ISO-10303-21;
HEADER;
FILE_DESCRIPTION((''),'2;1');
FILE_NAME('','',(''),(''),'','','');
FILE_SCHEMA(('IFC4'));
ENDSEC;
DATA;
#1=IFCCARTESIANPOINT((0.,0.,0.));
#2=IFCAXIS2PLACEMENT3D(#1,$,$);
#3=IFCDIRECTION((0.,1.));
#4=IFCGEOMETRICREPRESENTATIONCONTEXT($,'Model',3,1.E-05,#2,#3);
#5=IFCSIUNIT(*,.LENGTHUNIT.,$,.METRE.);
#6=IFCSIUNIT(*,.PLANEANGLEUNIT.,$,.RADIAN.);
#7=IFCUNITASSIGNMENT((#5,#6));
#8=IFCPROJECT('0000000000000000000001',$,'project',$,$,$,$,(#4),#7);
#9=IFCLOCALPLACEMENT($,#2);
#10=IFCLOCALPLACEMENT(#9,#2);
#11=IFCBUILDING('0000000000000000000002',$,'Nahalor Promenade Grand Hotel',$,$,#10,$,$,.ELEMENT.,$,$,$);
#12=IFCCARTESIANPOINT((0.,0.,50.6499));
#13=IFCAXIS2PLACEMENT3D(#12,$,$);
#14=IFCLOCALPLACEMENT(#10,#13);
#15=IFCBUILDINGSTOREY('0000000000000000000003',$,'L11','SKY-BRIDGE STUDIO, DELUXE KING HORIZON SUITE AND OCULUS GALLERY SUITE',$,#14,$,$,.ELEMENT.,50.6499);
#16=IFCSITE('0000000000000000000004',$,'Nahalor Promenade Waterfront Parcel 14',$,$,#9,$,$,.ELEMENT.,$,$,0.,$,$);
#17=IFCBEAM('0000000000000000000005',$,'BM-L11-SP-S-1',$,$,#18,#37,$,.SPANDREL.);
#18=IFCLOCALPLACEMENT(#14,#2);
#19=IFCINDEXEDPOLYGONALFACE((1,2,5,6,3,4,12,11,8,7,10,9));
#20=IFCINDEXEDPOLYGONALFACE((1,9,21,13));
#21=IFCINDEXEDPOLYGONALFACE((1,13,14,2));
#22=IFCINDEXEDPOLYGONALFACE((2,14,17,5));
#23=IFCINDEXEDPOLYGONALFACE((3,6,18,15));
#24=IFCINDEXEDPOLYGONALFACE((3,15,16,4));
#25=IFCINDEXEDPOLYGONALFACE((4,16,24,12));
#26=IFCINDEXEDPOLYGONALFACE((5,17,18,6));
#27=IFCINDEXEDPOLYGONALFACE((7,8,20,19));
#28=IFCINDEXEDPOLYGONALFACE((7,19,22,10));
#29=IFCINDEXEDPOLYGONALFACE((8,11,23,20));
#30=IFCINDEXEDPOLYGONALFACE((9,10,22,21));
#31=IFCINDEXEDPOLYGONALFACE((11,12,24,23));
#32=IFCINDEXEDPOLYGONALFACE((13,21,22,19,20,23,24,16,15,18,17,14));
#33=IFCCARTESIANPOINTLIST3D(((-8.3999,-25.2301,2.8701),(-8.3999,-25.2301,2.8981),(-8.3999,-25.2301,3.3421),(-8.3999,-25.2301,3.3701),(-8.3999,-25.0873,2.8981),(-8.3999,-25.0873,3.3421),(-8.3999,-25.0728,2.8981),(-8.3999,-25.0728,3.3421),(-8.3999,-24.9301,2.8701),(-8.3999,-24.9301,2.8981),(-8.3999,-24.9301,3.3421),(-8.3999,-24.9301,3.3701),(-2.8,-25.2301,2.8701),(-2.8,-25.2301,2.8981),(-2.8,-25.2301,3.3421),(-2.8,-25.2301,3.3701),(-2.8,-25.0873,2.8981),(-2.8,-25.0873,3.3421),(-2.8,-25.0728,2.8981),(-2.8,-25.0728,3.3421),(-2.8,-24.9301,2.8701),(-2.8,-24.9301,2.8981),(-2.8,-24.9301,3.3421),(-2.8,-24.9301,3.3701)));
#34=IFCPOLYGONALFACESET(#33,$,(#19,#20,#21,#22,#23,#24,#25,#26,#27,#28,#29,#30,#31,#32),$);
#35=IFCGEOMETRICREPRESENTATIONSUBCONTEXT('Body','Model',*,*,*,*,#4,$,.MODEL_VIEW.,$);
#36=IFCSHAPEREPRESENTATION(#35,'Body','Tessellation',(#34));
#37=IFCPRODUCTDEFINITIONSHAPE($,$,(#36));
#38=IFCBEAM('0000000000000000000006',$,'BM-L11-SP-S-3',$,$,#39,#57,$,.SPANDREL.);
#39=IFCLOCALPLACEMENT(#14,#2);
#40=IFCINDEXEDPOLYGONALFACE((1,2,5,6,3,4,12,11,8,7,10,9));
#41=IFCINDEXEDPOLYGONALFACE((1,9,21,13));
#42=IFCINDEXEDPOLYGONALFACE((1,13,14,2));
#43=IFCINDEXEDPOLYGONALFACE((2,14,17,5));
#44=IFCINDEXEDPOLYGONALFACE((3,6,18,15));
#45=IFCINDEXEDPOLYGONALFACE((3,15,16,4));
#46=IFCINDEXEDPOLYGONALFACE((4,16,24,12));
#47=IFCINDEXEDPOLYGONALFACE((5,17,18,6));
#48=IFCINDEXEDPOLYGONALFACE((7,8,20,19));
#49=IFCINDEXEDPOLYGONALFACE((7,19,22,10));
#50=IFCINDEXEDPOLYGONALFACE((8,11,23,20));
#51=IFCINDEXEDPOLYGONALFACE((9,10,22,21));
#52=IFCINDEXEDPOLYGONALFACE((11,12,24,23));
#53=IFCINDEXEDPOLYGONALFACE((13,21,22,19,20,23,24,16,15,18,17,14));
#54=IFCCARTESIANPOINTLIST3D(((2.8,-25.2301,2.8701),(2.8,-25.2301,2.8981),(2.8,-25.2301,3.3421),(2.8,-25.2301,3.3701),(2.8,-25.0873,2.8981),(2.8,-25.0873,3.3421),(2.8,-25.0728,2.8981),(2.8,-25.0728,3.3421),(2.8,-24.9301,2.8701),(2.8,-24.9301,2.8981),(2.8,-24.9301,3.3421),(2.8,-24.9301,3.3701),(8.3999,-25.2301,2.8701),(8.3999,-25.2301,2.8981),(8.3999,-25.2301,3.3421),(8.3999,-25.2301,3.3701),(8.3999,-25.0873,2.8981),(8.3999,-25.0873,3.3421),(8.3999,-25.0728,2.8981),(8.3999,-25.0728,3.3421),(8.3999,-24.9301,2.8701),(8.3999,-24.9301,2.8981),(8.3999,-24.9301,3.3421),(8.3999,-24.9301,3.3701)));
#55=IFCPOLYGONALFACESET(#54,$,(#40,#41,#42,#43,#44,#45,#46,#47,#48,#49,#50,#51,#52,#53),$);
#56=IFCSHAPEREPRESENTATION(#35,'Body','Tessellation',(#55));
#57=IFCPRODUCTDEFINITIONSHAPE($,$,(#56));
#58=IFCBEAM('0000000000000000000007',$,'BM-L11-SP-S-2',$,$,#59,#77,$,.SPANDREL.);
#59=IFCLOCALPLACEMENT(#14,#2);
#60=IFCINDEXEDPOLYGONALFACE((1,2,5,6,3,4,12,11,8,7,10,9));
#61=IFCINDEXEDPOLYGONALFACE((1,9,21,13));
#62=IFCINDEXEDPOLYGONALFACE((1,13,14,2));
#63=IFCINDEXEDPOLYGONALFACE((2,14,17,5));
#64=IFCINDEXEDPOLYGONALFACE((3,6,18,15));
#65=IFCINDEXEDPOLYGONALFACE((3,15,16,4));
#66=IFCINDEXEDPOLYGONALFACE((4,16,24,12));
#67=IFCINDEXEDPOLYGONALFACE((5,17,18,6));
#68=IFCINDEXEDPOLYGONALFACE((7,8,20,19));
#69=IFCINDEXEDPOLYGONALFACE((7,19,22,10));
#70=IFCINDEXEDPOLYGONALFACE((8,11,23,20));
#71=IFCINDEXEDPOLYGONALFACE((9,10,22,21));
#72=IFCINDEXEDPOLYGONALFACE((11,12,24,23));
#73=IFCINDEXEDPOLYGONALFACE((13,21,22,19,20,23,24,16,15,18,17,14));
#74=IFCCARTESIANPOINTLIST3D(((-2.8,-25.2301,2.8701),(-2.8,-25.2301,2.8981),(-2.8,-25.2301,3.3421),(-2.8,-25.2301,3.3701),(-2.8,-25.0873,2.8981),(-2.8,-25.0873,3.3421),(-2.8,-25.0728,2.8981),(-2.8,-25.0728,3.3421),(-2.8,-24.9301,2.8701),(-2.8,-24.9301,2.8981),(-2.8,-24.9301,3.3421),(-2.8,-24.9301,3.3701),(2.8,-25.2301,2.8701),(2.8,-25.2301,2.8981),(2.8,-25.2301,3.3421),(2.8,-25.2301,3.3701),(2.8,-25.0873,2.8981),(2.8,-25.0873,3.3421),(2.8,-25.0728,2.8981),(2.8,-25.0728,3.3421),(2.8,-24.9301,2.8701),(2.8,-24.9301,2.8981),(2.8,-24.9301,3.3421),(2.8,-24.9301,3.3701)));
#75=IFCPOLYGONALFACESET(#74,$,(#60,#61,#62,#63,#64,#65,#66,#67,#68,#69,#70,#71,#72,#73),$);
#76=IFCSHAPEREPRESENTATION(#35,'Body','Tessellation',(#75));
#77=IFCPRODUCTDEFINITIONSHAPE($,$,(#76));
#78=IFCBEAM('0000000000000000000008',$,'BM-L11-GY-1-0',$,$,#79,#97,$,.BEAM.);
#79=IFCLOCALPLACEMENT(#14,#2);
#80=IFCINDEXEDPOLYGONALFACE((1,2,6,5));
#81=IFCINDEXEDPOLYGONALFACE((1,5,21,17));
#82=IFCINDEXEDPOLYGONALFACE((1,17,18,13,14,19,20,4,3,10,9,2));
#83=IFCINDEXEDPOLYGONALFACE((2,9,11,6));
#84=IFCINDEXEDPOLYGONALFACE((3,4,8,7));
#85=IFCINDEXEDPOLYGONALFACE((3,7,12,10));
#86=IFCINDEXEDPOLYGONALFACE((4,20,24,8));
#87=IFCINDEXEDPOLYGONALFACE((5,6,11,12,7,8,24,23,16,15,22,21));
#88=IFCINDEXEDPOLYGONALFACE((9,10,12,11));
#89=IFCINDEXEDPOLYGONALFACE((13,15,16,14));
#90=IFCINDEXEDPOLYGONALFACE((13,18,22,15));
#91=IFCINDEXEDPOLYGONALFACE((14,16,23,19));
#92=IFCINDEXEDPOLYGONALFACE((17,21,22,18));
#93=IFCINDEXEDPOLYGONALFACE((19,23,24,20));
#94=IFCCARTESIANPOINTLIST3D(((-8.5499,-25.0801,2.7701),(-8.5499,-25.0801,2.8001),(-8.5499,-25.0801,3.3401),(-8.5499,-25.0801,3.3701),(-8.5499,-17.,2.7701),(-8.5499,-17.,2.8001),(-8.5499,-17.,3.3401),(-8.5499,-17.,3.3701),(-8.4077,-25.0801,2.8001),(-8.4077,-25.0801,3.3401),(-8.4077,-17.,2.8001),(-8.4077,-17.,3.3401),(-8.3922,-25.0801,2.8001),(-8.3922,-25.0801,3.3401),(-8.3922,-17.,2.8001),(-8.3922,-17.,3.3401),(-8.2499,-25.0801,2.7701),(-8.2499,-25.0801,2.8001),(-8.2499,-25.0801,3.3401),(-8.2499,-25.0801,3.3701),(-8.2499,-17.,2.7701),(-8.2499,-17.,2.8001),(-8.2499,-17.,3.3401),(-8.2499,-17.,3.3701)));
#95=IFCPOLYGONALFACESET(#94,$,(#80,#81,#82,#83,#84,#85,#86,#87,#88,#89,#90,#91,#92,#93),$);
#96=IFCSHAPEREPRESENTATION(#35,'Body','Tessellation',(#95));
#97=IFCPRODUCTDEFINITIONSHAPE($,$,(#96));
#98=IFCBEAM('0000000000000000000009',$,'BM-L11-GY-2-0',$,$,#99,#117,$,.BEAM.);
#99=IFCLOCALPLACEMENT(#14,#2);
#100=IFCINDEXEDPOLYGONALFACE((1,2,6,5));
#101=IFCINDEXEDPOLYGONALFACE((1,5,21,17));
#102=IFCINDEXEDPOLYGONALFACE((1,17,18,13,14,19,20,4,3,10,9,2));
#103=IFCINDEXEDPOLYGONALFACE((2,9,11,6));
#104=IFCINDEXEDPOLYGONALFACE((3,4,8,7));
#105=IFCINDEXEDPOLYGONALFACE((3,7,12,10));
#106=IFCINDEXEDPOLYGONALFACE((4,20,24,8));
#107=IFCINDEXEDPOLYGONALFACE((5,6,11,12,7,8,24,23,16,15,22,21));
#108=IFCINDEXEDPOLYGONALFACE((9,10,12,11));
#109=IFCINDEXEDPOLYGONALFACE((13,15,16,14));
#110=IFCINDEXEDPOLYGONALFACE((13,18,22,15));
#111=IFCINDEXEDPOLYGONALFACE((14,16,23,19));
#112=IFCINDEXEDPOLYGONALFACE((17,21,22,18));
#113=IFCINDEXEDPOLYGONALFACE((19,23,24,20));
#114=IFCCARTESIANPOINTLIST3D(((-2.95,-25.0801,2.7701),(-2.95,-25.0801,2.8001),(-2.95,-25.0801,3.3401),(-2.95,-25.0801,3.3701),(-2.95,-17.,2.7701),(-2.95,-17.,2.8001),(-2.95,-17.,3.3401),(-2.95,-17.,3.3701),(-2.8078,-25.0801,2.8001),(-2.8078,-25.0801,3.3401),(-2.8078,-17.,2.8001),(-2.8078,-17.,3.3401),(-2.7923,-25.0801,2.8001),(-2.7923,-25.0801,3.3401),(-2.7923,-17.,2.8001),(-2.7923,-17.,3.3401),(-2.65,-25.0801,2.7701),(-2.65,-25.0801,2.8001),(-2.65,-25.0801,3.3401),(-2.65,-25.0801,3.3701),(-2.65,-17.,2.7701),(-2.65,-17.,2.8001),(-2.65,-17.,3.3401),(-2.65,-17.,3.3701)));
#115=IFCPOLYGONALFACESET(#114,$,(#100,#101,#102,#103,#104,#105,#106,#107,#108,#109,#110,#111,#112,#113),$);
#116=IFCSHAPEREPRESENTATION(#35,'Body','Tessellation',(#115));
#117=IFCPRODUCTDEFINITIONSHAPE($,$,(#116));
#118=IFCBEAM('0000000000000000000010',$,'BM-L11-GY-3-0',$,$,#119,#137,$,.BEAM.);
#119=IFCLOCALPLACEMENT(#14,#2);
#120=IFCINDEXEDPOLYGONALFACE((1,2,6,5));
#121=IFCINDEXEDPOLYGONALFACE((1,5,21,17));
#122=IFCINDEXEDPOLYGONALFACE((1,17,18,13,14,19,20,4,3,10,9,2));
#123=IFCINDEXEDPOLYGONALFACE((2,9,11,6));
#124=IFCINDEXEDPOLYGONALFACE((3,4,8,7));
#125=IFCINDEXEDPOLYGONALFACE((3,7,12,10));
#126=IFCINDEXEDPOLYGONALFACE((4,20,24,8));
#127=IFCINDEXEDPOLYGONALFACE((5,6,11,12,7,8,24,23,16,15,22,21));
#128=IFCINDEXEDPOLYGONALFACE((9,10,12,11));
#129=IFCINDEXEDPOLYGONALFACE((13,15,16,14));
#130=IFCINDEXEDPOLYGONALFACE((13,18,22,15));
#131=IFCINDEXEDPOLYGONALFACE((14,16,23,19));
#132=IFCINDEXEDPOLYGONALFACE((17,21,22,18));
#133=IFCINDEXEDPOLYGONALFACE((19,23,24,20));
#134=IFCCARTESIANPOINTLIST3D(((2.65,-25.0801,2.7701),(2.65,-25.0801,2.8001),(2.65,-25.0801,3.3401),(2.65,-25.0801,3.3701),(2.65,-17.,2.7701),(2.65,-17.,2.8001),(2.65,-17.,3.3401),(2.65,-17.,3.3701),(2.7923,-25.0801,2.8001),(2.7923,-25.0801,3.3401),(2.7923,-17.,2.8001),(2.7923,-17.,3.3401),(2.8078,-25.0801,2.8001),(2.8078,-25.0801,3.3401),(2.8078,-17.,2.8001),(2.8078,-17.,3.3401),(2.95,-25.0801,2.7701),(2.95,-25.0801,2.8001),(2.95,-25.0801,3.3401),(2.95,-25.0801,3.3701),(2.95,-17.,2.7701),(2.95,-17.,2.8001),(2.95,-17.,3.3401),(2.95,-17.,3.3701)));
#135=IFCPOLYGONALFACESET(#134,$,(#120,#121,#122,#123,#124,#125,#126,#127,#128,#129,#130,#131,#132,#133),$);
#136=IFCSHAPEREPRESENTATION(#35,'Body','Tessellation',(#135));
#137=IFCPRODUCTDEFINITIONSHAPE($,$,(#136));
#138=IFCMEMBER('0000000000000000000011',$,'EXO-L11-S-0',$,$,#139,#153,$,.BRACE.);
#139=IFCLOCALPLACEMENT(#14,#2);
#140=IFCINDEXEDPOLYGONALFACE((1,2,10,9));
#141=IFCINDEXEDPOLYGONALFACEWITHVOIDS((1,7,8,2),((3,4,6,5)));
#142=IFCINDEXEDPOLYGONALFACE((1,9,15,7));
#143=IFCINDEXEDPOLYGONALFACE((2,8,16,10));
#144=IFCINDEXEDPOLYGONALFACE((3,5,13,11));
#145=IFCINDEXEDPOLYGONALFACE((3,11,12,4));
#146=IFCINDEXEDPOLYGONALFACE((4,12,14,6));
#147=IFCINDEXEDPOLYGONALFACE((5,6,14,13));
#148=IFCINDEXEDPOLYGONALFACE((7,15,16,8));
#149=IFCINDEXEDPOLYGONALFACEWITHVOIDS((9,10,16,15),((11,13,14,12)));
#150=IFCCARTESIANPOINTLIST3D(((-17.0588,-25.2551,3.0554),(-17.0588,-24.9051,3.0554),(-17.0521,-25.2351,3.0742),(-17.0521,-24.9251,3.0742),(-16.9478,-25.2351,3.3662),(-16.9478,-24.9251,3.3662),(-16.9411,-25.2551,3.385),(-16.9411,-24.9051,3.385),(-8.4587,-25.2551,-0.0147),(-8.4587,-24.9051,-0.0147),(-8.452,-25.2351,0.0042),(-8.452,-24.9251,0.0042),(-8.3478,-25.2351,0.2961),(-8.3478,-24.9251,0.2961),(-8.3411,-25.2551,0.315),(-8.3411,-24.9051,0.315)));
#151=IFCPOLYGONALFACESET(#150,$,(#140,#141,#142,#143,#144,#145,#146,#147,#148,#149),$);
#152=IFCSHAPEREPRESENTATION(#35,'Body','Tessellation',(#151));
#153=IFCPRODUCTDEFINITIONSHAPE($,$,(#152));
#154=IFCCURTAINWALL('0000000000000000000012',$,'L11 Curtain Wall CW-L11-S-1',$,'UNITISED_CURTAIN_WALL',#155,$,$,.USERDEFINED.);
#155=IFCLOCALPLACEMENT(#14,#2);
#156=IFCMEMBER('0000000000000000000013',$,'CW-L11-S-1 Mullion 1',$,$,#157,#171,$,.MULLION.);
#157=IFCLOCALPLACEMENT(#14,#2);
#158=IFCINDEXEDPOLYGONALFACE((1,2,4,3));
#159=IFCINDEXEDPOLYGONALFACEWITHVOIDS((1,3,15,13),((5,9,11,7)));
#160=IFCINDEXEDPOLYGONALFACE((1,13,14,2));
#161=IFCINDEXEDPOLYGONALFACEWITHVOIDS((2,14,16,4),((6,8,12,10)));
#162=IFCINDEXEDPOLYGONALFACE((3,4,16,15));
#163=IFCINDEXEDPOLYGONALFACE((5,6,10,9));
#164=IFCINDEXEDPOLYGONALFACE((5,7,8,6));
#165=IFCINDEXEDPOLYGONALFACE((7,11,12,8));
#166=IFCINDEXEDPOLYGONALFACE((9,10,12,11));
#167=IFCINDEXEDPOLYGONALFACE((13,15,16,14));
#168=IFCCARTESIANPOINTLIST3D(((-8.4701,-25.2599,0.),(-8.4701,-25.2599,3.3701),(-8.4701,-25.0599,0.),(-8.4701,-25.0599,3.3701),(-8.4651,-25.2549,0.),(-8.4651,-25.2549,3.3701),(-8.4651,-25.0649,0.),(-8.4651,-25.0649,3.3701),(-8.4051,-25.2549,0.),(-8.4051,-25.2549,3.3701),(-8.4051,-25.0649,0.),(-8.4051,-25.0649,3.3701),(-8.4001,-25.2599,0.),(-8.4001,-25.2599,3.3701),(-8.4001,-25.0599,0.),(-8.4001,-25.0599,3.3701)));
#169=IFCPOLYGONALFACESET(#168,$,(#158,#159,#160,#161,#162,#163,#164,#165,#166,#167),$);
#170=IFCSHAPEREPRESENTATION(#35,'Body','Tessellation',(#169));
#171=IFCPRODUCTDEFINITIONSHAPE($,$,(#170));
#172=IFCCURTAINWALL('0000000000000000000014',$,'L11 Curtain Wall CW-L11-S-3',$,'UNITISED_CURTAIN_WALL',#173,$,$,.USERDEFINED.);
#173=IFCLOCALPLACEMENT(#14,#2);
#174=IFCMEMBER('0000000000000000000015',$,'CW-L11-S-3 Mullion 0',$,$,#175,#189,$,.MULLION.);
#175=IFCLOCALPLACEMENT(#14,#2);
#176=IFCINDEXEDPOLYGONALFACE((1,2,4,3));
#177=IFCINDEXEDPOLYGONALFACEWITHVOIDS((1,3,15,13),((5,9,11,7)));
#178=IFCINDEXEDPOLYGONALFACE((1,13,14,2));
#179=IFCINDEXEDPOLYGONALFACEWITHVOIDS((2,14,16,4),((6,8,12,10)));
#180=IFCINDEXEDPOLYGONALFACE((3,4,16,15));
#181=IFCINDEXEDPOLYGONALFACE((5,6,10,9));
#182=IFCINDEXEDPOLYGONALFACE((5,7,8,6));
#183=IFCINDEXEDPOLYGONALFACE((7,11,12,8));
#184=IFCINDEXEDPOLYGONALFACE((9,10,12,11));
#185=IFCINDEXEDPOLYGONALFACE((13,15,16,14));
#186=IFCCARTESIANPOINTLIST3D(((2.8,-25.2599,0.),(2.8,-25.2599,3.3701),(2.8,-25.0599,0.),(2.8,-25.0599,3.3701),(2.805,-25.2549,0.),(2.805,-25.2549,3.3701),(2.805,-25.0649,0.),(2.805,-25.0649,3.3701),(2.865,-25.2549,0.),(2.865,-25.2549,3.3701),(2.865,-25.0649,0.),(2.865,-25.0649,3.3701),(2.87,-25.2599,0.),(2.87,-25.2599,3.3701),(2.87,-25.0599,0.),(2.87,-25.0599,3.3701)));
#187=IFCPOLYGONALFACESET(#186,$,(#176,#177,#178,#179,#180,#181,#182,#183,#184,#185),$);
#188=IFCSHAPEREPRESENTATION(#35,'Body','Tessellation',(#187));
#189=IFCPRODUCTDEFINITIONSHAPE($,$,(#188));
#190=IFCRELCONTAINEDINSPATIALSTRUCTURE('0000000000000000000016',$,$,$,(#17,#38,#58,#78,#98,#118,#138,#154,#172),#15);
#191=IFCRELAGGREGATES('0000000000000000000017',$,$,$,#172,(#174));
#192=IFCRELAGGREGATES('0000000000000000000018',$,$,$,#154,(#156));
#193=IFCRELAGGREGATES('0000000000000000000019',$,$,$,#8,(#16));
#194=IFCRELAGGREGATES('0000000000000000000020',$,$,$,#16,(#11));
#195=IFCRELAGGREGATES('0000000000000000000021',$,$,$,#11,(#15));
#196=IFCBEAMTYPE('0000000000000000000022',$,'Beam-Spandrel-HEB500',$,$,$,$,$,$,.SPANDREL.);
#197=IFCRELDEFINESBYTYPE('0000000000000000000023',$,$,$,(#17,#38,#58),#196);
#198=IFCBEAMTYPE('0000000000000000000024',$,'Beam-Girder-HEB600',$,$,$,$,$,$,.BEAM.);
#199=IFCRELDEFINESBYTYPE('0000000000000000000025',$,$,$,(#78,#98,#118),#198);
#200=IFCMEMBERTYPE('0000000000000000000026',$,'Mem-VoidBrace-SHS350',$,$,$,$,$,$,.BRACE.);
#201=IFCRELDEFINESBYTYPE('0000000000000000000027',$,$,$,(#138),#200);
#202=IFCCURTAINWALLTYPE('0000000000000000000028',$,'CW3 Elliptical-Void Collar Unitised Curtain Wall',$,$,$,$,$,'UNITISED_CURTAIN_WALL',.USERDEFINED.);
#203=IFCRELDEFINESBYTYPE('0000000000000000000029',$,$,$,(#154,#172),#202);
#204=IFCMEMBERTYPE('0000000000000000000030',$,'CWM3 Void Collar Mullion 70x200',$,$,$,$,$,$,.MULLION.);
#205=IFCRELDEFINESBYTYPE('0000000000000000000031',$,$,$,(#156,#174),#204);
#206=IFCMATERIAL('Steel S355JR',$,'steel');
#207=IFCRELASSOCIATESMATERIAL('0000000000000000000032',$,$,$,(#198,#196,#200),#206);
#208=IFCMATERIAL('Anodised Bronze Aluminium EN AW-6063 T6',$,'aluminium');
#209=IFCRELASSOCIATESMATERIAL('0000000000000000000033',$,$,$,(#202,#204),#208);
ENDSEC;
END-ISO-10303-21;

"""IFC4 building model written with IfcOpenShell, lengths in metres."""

from ifc_helpers import new_model, si_unit, direction, frame, origin, origin_2d, place, context, subcontext, project, spatial, hollow_rectangle, i_section, extrude, source, transform, mapped, material, material_profile, profile_set, type_object, element, aggregate, save


model = new_model("IFC4")

# Units and contexts
model_context = context("Model", 3, precision=1e-05, world=origin(), true_north=direction((0.0, 1.0)))
body_context = subcontext(model_context, "Body", "Model", "MODEL_VIEW")
ifc_project = project(units=[si_unit("LENGTHUNIT", "METRE"), si_unit("PLANEANGLEUNIT", "RADIAN")], contexts=[model_context])

# Site, building, storey
site_placement = place(None, origin())
site = spatial("IfcSite", under=ifc_project, at=site_placement, Name="Nahalor Promenade Waterfront Parcel 14", CompositionType="ELEMENT", RefElevation=0.0)
building_placement = place(site_placement, origin())
building = spatial("IfcBuilding", under=site, at=building_placement, Name="Nahalor Promenade Grand Hotel", CompositionType="ELEMENT")
storey_placement = place(building_placement, frame((0.0, 0.0, 50.6499)))
storey = spatial("IfcBuildingStorey", under=building, at=storey_placement, Name="L11", Description="SKY-BRIDGE STUDIO, DELUXE KING HORIZON SUITE AND OCULUS GALLERY SUITE", CompositionType="ELEMENT", Elevation=50.6499)

# Beams
ifc_material_1 = material(Name="Steel S355JR", Category="steel")
ifc_material_profile_1 = material_profile(ifc_material_1, i_section(OverallWidth=0.3, OverallDepth=0.6, WebThickness=0.0155, FlangeThickness=0.03, at=origin_2d()), Name="HEB 600")
ifc_profile_set_1 = profile_set([ifc_material_profile_1], Name="Steel S355JR")
beam_type_1 = type_object("IfcBeamType", Name="Beam-Girder-HEB600", PredefinedType="BEAM", material=ifc_profile_set_1)
ifc_material_profile_2 = material_profile(ifc_material_1, i_section(OverallWidth=0.3, OverallDepth=0.5, WebThickness=0.0145, FlangeThickness=0.028, at=origin_2d()), Name="HEB 500")
ifc_profile_set_2 = profile_set([ifc_material_profile_2], Name="Steel S355JR")
beam_type_2 = type_object("IfcBeamType", Name="Beam-Spandrel-HEB500", PredefinedType="SPANDREL", material=ifc_profile_set_2)
shared_shape_1 = source(origin(), body_context, "Body", "SweptSolid", [
    extrude(i_section(OverallWidth=0.3, OverallDepth=0.5, WebThickness=0.0145, FlangeThickness=0.028, at=origin_2d()), origin(), (0.0, 0.0, 1.0), 5.5999),
])
for number, where, z_axis, x_axis, name in (
    (1, (-8.3999, -25.0801, 3.1201), (1.0, 0.0, 0.0), (0.0, 1.0, 0.0), "BM-L11-SP-S-1"),
    (2, (2.8, -25.0801, 3.1201), (1.0, 0.0, 0.0), (0.0, 1.0, 0.0), "BM-L11-SP-S-3"),
):
    element("IfcBeam", number, at=place(storey_placement, frame(where, z_axis=z_axis, x_axis=x_axis)), inside=storey, type_object=beam_type_2, Name=name, PredefinedType="SPANDREL", context=body_context, shape_type="MappedRepresentation", body=[
        mapped(shared_shape_1, transform((0.0, 0.0, 0.0), scale=1.0)),
    ])
shared_shape_2 = source(origin(), body_context, "Body", "SweptSolid", [
    extrude(i_section(OverallWidth=0.3, OverallDepth=0.5, WebThickness=0.0145, FlangeThickness=0.028, at=origin_2d()), origin(), (0.0, 0.0, 1.0), 5.6001),
])
beam_1_placement = place(storey_placement, frame((-2.8, -25.0801, 3.1201), z_axis=(1.0, 0.0, 0.0), x_axis=(0.0, 1.0, 0.0)))
element("IfcBeam", 3, at=beam_1_placement, inside=storey, type_object=beam_type_2, Name="BM-L11-SP-S-2", PredefinedType="SPANDREL", context=body_context, shape_type="MappedRepresentation", body=[
    mapped(shared_shape_2, transform((0.0, 0.0, 0.0), scale=1.0)),
])
shared_shape_3 = source(origin(), body_context, "Body", "SweptSolid", [
    extrude(i_section(OverallWidth=0.3, OverallDepth=0.6, WebThickness=0.0155, FlangeThickness=0.03, at=origin_2d()), origin(), (0.0, 0.0, 1.0), 8.0801),
])
for number, where, z_axis, x_axis, name in (
    (4, (-8.3999, -25.0801, 3.0701), (0.0, 1.0, 0.0), (-1.0, 0.0, 0.0), "BM-L11-GY-1-0"),
    (5, (-2.8, -25.0801, 3.0701), (0.0, 1.0, 0.0), (-1.0, 0.0, 0.0), "BM-L11-GY-2-0"),
    (6, (2.8, -25.0801, 3.0701), (0.0, 1.0, 0.0), (-1.0, 0.0, 0.0), "BM-L11-GY-3-0"),
):
    element("IfcBeam", number, at=place(storey_placement, frame(where, z_axis=z_axis, x_axis=x_axis)), inside=storey, type_object=beam_type_1, Name=name, PredefinedType="BEAM", context=body_context, shape_type="MappedRepresentation", body=[
        mapped(shared_shape_3, transform((0.0, 0.0, 0.0), scale=1.0)),
    ])

# Member
ifc_material_profile_3 = material_profile(ifc_material_1, hollow_rectangle(XDim=0.35, YDim=0.35, WallThickness=0.02, at=origin_2d()), Name="SHS 350x350x20")
ifc_profile_set_3 = profile_set([ifc_material_profile_3], Name="Steel S355JR")
member_type_1 = type_object("IfcMemberType", Name="Mem-VoidBrace-SHS350", PredefinedType="BRACE", material=ifc_profile_set_3)
shared_shape_4 = source(origin(), body_context, "Body", "SweptSolid", [
    extrude(hollow_rectangle(XDim=0.35, YDim=0.35, WallThickness=0.02, at=origin_2d()), origin(), (0.0, 0.0, 1.0), 9.1316),
])
member_1_placement = place(storey_placement, frame((-8.3999, -25.0801, 0.1501), z_axis=(-0.94179, 0.0, 0.336201), x_axis=(0.0, -1.0, 0.0)))
element("IfcMember", 7, at=member_1_placement, inside=storey, type_object=member_type_1, Name="EXO-L11-S-0", PredefinedType="BRACE", context=body_context, shape_type="MappedRepresentation", body=[
    mapped(shared_shape_4, transform((0.0, 0.0, 0.0), scale=1.0)),
])

# Curtain wall, member
ifc_material_2 = material(Name="Anodised Bronze Aluminium EN AW-6063 T6", Category="aluminium")
curtain_wall_type = type_object("IfcCurtainWallType", Name="CW3 Elliptical-Void Collar Unitised Curtain Wall", ElementType="UNITISED_CURTAIN_WALL", PredefinedType="USERDEFINED", material=ifc_material_2)
curtain_wall_1_placement = place(storey_placement, origin())
curtain_wall_1 = element("IfcCurtainWall", 8, at=curtain_wall_1_placement, inside=storey, type_object=curtain_wall_type, Name="L11 Curtain Wall CW-L11-S-1", ObjectType="UNITISED_CURTAIN_WALL", PredefinedType="USERDEFINED")
ifc_material_profile_4 = material_profile(ifc_material_2, hollow_rectangle(XDim=0.07, YDim=0.2, WallThickness=0.005, at=origin_2d()), Name="CWM 70x200x5")
ifc_profile_set_4 = profile_set([ifc_material_profile_4], Name="Anodised Bronze Aluminium EN AW-6063 T6")
member_type_2 = type_object("IfcMemberType", Name="CWM3 Void Collar Mullion 70x200", PredefinedType="MULLION", material=ifc_profile_set_4)
shared_shape_5 = source(origin(), body_context, "Body", "SweptSolid", [
    extrude(hollow_rectangle(XDim=0.07, YDim=0.2, WallThickness=0.005, at=origin_2d()), origin(), (0.0, 0.0, 1.0), 3.3701),
])
member_2_placement = place(storey_placement, frame((-8.4351, -25.1599, 0.0), z_axis=(0.0, 0.0, 1.0), x_axis=(1.0, 0.0, 0.0)))
member_2 = element("IfcMember", 9, at=member_2_placement, type_object=member_type_2, Name="CW-L11-S-1 Mullion 1", PredefinedType="MULLION", context=body_context, shape_type="MappedRepresentation", body=[
    mapped(shared_shape_5, transform((0.0, 0.0, 0.0), scale=1.0)),
])

# Curtain wall, member
curtain_wall_2_placement = place(storey_placement, origin())
curtain_wall_2 = element("IfcCurtainWall", 10, at=curtain_wall_2_placement, inside=storey, type_object=curtain_wall_type, Name="L11 Curtain Wall CW-L11-S-3", ObjectType="UNITISED_CURTAIN_WALL", PredefinedType="USERDEFINED")
member_3_placement = place(storey_placement, frame((2.835, -25.1599, 0.0), z_axis=(0.0, 0.0, 1.0), x_axis=(1.0, 0.0, 0.0)))
member_3 = element("IfcMember", 11, at=member_3_placement, type_object=member_type_2, Name="CW-L11-S-3 Mullion 0", PredefinedType="MULLION", context=body_context, shape_type="MappedRepresentation", body=[
    mapped(shared_shape_5, transform((0.0, 0.0, 0.0), scale=1.0)),
])
aggregate(curtain_wall_2, [member_3])

aggregate(curtain_wall_1, [member_2])

save(model, "model.ifc")
